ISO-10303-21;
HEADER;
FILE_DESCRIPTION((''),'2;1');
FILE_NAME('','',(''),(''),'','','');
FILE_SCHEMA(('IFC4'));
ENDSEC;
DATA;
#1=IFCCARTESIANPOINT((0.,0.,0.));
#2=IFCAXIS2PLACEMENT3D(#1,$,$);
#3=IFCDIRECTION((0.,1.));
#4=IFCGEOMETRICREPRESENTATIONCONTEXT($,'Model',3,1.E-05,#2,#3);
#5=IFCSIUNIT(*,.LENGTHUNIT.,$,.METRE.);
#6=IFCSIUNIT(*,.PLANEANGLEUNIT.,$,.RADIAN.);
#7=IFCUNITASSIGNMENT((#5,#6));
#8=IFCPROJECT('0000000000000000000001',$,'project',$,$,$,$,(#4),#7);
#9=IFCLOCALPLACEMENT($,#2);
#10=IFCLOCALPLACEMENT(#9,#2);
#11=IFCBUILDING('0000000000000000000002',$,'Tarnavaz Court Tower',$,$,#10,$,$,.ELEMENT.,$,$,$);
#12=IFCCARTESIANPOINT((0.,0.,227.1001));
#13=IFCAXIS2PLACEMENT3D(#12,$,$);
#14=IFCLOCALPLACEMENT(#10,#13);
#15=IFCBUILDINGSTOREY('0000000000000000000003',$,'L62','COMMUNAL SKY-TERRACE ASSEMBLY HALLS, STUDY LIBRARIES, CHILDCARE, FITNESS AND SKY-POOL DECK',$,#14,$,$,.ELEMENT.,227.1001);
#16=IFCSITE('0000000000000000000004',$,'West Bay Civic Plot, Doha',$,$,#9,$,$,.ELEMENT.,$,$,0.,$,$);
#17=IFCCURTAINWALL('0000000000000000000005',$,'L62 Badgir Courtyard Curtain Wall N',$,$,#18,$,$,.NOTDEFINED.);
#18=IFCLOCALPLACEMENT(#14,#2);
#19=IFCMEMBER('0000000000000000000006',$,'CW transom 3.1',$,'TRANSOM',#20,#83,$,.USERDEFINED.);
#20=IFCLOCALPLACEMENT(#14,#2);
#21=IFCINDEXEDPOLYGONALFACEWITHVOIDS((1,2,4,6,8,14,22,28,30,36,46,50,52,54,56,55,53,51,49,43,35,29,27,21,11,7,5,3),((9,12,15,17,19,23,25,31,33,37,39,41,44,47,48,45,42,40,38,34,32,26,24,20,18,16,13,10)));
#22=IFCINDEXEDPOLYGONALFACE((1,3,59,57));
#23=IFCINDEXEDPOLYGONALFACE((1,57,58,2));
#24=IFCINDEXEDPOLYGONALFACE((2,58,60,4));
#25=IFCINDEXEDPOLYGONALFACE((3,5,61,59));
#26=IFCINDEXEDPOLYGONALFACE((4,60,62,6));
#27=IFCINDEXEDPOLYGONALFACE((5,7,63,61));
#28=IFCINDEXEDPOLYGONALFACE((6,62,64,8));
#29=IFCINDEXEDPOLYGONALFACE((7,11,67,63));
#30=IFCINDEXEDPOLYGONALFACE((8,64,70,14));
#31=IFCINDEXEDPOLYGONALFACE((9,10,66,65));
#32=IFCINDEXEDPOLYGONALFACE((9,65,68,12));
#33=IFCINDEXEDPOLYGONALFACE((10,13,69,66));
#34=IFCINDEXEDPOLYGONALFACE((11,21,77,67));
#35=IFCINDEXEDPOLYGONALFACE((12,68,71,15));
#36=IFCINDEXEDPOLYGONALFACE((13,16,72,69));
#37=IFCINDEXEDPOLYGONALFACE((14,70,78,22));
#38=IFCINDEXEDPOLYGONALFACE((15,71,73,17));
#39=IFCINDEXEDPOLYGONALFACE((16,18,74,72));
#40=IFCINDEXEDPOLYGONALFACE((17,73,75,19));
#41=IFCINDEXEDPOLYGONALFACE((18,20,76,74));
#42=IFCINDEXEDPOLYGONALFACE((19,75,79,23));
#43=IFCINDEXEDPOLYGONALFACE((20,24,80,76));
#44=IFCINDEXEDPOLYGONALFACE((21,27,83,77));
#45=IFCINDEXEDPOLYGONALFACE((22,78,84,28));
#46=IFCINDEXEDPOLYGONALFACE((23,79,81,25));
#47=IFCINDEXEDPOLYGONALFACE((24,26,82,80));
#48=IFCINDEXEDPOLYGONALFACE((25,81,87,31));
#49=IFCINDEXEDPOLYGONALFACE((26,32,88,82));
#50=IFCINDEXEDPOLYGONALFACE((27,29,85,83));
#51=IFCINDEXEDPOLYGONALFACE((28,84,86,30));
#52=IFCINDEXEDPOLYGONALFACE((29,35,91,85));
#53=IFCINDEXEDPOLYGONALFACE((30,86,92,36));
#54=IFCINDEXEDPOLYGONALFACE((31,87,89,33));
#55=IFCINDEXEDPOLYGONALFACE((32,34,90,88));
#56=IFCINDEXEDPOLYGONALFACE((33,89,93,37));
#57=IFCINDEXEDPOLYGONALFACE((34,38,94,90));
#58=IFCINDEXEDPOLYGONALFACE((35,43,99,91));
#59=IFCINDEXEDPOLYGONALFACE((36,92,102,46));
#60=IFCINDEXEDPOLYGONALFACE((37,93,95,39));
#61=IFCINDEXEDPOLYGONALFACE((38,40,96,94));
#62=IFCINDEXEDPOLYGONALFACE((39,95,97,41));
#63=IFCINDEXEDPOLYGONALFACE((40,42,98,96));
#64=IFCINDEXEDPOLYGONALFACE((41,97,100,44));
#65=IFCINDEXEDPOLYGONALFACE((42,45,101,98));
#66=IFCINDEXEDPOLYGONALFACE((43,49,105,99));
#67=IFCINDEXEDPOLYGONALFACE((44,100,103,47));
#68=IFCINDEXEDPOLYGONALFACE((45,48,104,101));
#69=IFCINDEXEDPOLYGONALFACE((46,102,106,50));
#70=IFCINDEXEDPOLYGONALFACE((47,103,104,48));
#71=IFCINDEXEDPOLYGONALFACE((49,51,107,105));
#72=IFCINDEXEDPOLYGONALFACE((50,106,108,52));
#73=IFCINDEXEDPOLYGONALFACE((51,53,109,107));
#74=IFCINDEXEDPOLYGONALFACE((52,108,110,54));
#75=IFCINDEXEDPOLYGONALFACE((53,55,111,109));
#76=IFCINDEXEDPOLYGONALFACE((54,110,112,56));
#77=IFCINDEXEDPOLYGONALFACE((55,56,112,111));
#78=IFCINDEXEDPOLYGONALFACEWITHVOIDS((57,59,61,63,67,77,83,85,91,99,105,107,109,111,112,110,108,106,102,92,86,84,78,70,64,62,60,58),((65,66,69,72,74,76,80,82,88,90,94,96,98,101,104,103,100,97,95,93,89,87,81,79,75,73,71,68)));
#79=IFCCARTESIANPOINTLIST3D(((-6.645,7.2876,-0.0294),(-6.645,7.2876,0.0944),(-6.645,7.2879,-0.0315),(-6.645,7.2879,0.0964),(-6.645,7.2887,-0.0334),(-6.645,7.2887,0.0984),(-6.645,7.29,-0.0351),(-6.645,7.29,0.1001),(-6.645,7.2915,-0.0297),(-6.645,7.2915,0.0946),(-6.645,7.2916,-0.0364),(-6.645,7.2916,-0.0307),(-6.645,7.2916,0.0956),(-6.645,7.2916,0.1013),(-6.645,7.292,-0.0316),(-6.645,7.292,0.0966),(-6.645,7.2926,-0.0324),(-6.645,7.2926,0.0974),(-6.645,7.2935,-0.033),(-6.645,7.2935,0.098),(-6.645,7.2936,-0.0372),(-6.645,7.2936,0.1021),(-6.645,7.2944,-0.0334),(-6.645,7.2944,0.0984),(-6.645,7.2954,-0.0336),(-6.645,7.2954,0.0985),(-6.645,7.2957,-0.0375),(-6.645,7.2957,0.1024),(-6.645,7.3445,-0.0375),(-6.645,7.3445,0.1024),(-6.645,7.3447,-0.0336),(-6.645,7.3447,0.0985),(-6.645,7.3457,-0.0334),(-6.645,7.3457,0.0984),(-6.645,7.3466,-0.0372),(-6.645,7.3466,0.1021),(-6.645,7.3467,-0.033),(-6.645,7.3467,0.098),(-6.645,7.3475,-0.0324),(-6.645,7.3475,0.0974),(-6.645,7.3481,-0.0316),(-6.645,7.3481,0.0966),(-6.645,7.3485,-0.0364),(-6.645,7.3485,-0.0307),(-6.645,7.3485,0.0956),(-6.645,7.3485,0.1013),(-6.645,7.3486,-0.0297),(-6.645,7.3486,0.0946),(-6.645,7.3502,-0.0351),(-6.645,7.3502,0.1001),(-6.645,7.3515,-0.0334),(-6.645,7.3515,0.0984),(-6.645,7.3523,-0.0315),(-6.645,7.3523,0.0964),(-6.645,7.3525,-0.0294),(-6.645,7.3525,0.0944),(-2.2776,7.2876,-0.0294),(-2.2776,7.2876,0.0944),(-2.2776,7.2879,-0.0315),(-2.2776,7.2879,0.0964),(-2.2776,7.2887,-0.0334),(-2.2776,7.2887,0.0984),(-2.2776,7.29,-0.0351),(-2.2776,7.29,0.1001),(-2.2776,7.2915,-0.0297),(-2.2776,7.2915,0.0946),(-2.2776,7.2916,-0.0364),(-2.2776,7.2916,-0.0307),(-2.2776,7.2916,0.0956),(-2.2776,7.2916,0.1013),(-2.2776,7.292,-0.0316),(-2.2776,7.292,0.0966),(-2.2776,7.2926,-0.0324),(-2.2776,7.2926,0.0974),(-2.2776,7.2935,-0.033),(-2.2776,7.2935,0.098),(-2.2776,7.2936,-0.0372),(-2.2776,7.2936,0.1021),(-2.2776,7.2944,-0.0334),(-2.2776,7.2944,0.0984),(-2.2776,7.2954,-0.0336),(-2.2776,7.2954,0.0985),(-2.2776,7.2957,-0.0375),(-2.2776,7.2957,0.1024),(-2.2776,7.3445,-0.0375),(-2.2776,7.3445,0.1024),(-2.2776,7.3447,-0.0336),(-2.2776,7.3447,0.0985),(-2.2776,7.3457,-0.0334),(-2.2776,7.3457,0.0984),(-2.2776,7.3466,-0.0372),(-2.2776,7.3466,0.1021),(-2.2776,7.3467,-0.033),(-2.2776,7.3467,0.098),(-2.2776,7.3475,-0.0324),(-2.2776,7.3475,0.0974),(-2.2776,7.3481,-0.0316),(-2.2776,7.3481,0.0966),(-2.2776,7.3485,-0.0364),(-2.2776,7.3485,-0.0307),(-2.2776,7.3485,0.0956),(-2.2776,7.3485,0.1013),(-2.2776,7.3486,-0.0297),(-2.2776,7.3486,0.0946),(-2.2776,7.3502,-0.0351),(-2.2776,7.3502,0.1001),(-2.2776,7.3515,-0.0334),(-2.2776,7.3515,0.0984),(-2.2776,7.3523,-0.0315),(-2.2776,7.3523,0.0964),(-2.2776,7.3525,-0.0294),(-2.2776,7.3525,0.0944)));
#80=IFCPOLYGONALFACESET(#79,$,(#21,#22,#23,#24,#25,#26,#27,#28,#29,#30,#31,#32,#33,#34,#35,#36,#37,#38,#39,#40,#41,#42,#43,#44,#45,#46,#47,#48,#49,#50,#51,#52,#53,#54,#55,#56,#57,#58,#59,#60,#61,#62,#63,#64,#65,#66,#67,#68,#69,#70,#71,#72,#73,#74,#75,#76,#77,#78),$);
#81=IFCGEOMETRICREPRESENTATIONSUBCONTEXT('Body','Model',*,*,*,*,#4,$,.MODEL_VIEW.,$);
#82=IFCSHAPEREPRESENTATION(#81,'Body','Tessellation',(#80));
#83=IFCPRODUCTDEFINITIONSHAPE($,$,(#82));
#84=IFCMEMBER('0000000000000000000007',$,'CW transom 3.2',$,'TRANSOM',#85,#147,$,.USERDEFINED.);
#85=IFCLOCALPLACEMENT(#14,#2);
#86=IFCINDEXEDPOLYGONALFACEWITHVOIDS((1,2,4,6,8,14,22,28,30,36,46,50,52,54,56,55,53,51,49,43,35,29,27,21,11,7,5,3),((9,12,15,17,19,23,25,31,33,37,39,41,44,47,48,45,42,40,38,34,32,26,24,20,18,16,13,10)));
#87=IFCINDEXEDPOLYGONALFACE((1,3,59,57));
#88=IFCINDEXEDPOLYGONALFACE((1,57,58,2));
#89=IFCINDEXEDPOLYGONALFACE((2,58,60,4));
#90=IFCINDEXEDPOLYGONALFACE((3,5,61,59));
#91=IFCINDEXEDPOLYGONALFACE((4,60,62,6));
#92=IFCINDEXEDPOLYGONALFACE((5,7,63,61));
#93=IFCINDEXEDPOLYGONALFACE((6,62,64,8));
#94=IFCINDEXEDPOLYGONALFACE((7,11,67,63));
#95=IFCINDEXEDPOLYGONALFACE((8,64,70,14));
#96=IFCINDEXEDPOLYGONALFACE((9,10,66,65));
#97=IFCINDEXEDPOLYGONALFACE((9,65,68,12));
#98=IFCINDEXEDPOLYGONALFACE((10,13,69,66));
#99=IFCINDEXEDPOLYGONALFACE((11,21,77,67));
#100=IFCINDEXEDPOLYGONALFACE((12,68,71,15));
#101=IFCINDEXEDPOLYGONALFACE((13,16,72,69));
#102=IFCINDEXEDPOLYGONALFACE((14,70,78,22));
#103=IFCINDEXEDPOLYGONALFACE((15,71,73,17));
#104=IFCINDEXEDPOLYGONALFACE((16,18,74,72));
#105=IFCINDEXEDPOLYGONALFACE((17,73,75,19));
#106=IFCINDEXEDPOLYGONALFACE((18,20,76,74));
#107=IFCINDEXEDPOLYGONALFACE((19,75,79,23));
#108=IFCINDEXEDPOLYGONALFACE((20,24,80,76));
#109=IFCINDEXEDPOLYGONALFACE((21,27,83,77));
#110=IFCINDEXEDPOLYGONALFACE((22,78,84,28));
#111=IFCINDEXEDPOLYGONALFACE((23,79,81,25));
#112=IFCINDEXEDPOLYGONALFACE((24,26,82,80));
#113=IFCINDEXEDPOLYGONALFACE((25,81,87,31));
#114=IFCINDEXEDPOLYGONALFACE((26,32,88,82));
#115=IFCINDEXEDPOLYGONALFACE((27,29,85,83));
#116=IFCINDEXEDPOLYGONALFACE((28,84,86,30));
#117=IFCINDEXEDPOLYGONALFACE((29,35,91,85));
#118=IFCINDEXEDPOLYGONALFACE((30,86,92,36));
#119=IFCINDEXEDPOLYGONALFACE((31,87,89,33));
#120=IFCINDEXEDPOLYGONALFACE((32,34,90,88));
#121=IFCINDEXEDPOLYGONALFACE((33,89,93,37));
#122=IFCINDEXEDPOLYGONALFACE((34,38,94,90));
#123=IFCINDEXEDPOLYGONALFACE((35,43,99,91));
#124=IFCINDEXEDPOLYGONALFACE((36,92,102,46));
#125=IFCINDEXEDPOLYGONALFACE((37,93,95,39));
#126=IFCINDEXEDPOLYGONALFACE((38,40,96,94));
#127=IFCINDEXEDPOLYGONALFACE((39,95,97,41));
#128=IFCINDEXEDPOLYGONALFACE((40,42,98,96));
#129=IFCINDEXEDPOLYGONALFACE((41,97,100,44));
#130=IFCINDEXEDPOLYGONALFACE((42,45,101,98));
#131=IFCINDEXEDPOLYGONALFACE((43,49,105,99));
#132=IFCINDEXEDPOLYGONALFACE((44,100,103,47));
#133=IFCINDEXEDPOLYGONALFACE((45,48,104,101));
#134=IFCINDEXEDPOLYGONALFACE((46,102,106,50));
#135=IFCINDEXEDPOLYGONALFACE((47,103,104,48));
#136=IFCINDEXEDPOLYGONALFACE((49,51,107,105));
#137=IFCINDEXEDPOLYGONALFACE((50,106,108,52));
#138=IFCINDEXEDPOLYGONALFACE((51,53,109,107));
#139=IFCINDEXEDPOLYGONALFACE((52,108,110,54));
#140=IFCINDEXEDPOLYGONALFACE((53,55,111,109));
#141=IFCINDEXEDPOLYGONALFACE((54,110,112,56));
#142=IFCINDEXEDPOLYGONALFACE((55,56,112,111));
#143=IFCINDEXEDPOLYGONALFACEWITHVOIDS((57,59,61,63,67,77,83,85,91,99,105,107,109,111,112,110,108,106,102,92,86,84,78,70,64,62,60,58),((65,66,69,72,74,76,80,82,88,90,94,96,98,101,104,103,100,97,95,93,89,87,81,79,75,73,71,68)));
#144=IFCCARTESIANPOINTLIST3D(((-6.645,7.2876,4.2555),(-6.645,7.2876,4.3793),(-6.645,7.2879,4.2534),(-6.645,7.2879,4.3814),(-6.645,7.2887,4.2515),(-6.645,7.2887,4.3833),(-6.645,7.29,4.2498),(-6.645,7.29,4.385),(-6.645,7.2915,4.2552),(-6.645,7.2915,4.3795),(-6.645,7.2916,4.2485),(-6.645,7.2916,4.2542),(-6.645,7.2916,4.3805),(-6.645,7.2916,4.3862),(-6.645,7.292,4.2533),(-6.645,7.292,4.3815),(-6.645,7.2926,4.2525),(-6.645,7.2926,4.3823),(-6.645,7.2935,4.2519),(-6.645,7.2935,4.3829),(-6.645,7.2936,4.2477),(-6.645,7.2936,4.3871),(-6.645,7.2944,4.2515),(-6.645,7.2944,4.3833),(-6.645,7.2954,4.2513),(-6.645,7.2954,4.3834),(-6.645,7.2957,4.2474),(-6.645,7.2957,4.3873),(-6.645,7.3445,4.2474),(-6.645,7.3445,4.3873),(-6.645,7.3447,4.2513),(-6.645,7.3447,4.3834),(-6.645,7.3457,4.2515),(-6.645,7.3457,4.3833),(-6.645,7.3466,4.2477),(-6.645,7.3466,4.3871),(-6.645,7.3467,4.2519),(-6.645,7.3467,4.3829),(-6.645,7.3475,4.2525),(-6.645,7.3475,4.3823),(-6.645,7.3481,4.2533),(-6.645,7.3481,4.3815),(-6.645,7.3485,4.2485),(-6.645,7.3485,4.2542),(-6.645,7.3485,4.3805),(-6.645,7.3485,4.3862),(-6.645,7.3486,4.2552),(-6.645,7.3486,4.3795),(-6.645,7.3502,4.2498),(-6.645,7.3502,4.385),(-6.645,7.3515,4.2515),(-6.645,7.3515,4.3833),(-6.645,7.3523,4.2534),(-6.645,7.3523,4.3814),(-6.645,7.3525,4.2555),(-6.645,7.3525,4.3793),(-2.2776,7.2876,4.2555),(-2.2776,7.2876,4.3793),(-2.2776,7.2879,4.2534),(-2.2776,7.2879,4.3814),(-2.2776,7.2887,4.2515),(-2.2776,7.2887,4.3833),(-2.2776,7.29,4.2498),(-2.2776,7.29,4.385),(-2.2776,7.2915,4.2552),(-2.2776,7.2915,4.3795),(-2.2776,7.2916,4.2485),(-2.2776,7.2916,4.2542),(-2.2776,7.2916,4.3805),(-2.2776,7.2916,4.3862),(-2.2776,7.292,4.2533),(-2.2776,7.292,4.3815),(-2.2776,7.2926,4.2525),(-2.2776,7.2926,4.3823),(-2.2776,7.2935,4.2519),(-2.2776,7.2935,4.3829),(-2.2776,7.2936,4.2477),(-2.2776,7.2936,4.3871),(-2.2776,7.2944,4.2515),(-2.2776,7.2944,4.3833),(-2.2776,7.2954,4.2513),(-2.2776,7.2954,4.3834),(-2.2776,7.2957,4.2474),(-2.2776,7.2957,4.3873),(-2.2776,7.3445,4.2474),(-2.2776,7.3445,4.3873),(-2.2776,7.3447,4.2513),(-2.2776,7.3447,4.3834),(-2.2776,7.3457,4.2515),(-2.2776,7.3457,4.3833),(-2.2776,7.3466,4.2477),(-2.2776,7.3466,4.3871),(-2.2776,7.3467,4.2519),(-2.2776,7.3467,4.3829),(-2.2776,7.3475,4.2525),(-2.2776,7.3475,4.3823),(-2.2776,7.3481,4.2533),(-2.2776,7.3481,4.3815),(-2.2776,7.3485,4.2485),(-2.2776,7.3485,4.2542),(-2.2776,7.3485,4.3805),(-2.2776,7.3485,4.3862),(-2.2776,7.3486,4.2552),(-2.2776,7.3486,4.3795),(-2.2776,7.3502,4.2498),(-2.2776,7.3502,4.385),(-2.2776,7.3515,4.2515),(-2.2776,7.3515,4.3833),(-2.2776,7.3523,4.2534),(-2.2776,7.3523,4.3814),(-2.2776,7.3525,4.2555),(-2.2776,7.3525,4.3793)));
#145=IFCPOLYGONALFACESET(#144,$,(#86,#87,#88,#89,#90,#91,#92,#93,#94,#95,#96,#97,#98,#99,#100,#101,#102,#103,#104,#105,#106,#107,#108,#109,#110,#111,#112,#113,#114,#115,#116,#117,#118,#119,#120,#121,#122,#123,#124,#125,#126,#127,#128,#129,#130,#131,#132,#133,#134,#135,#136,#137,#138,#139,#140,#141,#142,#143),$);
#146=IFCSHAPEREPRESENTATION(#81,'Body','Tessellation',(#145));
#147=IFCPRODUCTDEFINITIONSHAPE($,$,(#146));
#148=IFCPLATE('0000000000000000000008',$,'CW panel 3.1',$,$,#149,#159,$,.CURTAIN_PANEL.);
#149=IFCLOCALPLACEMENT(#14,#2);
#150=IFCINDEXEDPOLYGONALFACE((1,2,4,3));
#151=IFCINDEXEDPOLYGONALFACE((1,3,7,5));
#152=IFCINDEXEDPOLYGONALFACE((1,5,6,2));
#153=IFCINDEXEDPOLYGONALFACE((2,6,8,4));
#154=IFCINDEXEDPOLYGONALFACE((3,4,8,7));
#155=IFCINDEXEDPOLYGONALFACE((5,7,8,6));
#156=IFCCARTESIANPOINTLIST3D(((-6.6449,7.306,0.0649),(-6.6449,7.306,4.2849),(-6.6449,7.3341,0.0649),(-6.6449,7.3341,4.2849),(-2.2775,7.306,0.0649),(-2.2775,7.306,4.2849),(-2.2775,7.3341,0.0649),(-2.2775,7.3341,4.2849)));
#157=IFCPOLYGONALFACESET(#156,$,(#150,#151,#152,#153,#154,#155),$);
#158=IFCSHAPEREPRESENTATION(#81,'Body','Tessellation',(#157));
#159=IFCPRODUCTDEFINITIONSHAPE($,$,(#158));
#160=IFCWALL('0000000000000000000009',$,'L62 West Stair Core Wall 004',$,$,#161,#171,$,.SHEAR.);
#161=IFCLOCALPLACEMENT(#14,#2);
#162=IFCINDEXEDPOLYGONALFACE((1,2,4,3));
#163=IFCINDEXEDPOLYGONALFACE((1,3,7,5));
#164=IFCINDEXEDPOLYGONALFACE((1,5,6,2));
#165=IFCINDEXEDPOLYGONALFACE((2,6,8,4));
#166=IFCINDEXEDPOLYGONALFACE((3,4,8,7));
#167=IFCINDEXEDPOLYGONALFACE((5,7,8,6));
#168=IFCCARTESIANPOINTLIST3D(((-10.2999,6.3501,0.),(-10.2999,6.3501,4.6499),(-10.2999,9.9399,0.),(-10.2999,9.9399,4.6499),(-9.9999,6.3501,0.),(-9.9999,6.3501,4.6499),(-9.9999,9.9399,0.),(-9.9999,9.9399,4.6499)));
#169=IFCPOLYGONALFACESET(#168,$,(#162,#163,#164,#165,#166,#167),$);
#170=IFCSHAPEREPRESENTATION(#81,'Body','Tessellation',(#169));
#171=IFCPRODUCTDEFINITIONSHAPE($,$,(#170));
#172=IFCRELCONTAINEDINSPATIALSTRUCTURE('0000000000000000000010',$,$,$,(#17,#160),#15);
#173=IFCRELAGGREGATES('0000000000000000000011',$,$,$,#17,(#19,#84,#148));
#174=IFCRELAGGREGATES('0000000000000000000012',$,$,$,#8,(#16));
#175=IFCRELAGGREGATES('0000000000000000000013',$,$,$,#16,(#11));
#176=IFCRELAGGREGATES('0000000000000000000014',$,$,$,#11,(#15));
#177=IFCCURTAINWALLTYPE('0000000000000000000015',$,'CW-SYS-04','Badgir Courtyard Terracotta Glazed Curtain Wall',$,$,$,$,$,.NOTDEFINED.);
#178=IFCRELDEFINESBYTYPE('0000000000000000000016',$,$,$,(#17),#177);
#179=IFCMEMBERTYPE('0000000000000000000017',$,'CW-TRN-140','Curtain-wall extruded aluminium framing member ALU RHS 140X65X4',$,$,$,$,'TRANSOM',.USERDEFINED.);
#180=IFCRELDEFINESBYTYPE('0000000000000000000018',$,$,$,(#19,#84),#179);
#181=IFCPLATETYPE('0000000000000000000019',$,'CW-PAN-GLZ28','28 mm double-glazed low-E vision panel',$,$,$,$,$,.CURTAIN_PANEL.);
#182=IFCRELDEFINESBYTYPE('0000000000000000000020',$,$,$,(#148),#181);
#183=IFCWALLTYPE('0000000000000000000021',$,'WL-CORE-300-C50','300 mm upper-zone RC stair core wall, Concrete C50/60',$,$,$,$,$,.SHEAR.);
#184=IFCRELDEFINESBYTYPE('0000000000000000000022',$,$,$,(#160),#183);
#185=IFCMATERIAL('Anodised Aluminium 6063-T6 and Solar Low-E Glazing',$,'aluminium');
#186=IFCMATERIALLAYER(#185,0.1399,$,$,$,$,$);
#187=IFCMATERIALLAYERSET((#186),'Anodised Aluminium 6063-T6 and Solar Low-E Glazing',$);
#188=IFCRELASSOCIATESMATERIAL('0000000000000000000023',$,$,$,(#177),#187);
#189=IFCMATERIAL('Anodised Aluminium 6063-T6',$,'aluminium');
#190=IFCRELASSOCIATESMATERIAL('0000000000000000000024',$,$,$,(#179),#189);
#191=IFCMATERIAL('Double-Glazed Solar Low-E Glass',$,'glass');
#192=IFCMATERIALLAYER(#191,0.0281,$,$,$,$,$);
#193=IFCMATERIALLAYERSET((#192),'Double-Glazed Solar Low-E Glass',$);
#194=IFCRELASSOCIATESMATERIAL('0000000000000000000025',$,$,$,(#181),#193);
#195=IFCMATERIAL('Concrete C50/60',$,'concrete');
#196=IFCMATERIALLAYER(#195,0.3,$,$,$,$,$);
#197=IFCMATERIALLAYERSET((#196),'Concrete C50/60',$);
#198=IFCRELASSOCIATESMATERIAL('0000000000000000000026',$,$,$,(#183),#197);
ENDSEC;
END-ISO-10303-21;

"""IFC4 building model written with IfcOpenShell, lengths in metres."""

from ifc_helpers import new_model, si_unit, direction, frame, frame_2d, origin, origin_2d, place, context, subcontext, project, spatial, rectangle, hollow_rectangle, extrude, material, layer, layer_set, material_profile, profile_set, type_object, element, aggregate, save


model = new_model("IFC4")

# Units and contexts
model_context = context("Model", 3, precision=1e-05, world=origin(), true_north=direction((0.0, 1.0)))
body_context = subcontext(model_context, "Body", "Model", "MODEL_VIEW")
ifc_project = project(units=[si_unit("LENGTHUNIT", "METRE"), si_unit("PLANEANGLEUNIT", "RADIAN")], contexts=[model_context])

# Site, building, storey
site_placement = place(None, origin())
site = spatial("IfcSite", under=ifc_project, at=site_placement, Name="West Bay Civic Plot, Doha", CompositionType="ELEMENT", RefElevation=0.0)
building_placement = place(site_placement, origin())
building = spatial("IfcBuilding", under=site, at=building_placement, Name="Tarnavaz Court Tower", CompositionType="ELEMENT")
storey_placement = place(building_placement, frame((0.0, 0.0, 227.1001)))
storey = spatial("IfcBuildingStorey", under=building, at=storey_placement, Name="L62", Description="COMMUNAL SKY-TERRACE ASSEMBLY HALLS, STUDY LIBRARIES, CHILDCARE, FITNESS AND SKY-POOL DECK", CompositionType="ELEMENT", Elevation=227.1001)

# Shared definitions
ifc_material_1 = material(Name="Concrete C50/60", Category="concrete")

# Curtain wall, members, plate
ifc_material_2 = material(Name="Anodised Aluminium 6063-T6 and Solar Low-E Glazing", Category="aluminium")
ifc_layer_1 = layer(ifc_material_2, 0.1399)
ifc_layer_set_1 = layer_set([ifc_layer_1], Name="Anodised Aluminium 6063-T6 and Solar Low-E Glazing")
curtain_wall_type = type_object("IfcCurtainWallType", Name="CW-SYS-04", Description="Badgir Courtyard Terracotta Glazed Curtain Wall", PredefinedType="NOTDEFINED", material=ifc_layer_set_1)
curtain_wall_placement = place(storey_placement, origin())
curtain_wall = element("IfcCurtainWall", 1, at=curtain_wall_placement, inside=storey, type_object=curtain_wall_type, Name="L62 Badgir Courtyard Curtain Wall N", PredefinedType="NOTDEFINED")
ifc_material_3 = material(Name="Anodised Aluminium 6063-T6", Category="aluminium")
ifc_material_profile_1 = material_profile(ifc_material_3, hollow_rectangle(XDim=0.0649, YDim=0.1399, WallThickness=0.0039, InnerFilletRadius=0.0039, OuterFilletRadius=0.0081, at=origin_2d()), Name="ALU RHS 140X65X4")
ifc_profile_set_1 = profile_set([ifc_material_profile_1], Name="Anodised Aluminium 6063-T6")
member_type_1 = type_object("IfcMemberType", Name="CW-TRN-140", Description="Curtain-wall extruded aluminium framing member ALU RHS 140X65X4", ElementType="TRANSOM", PredefinedType="USERDEFINED", material=ifc_profile_set_1)
member_1_placement = place(storey_placement, frame((-2.2776, 7.3201, 0.0325), z_axis=(-1.0, 0.0, 0.0), x_axis=(0.0, -1.0, 0.0)))
member_1 = element("IfcMember", 2, at=member_1_placement, type_object=member_type_1, Name="CW transom 3.1", ObjectType="TRANSOM", PredefinedType="USERDEFINED", context=body_context, shape_type="SweptSolid", body=[
    extrude(hollow_rectangle(XDim=0.0649, YDim=0.1399, WallThickness=0.0039, InnerFilletRadius=0.0039, OuterFilletRadius=0.0081, at=origin_2d()), origin(), (0.0, 0.0, 1.0), 4.3674),
])
member_2_placement = place(storey_placement, frame((-2.2776, 7.3201, 4.3174), z_axis=(-1.0, 0.0, 0.0), x_axis=(0.0, -1.0, 0.0)))
member_2 = element("IfcMember", 3, at=member_2_placement, type_object=member_type_1, Name="CW transom 3.2", ObjectType="TRANSOM", PredefinedType="USERDEFINED", context=body_context, shape_type="SweptSolid", body=[
    extrude(hollow_rectangle(XDim=0.0649, YDim=0.1399, WallThickness=0.0039, InnerFilletRadius=0.0039, OuterFilletRadius=0.0081, at=origin_2d()), origin(), (0.0, 0.0, 1.0), 4.3674),
])
ifc_material_4 = material(Name="Double-Glazed Solar Low-E Glass", Category="glass")
ifc_layer_2 = layer(ifc_material_4, 0.0281)
ifc_layer_set_2 = layer_set([ifc_layer_2], Name="Double-Glazed Solar Low-E Glass")
plate_type = type_object("IfcPlateType", Name="CW-PAN-GLZ28", Description="28 mm double-glazed low-E vision panel", PredefinedType="CURTAIN_PANEL", material=ifc_layer_set_2)
plate_placement = place(storey_placement, frame((-4.4612, 7.3201, 0.0649), z_axis=(0.0, 0.0, 1.0), x_axis=(-1.0, 0.0, 0.0)))
plate = element("IfcPlate", 4, at=plate_placement, type_object=plate_type, Name="CW panel 3.1", PredefinedType="CURTAIN_PANEL", context=body_context, shape_type="SweptSolid", body=[
    extrude(rectangle(XDim=4.3674, YDim=0.0281, at=origin_2d()), origin(), (0.0, 0.0, 1.0), 4.22),
])
aggregate(curtain_wall, [member_1, member_2, plate])

# Wall
ifc_layer_3 = layer(ifc_material_1, 0.3)
ifc_layer_set_3 = layer_set([ifc_layer_3], Name="Concrete C50/60")
wall_type_1 = type_object("IfcWallType", Name="WL-CORE-300-C50", Description="300 mm upper-zone RC stair core wall, Concrete C50/60", PredefinedType="SHEAR", material=ifc_layer_set_3)
wall_1_placement = place(storey_placement, frame((-10.1499, 6.3501, 0.0), z_axis=(0.0, 0.0, 1.0), x_axis=(0.0, 1.0, 0.0)))
element("IfcWall", 5, at=wall_1_placement, inside=storey, type_object=wall_type_1, Name="L62 West Stair Core Wall 004", PredefinedType="SHEAR", context=body_context, shape_type="SweptSolid", body=[
    extrude(rectangle(XDim=3.5898, YDim=0.3, at=frame_2d((1.7949, 0.0))), origin(), (0.0, 0.0, 1.0), 4.6499),
])

save(model, "model.ifc")
